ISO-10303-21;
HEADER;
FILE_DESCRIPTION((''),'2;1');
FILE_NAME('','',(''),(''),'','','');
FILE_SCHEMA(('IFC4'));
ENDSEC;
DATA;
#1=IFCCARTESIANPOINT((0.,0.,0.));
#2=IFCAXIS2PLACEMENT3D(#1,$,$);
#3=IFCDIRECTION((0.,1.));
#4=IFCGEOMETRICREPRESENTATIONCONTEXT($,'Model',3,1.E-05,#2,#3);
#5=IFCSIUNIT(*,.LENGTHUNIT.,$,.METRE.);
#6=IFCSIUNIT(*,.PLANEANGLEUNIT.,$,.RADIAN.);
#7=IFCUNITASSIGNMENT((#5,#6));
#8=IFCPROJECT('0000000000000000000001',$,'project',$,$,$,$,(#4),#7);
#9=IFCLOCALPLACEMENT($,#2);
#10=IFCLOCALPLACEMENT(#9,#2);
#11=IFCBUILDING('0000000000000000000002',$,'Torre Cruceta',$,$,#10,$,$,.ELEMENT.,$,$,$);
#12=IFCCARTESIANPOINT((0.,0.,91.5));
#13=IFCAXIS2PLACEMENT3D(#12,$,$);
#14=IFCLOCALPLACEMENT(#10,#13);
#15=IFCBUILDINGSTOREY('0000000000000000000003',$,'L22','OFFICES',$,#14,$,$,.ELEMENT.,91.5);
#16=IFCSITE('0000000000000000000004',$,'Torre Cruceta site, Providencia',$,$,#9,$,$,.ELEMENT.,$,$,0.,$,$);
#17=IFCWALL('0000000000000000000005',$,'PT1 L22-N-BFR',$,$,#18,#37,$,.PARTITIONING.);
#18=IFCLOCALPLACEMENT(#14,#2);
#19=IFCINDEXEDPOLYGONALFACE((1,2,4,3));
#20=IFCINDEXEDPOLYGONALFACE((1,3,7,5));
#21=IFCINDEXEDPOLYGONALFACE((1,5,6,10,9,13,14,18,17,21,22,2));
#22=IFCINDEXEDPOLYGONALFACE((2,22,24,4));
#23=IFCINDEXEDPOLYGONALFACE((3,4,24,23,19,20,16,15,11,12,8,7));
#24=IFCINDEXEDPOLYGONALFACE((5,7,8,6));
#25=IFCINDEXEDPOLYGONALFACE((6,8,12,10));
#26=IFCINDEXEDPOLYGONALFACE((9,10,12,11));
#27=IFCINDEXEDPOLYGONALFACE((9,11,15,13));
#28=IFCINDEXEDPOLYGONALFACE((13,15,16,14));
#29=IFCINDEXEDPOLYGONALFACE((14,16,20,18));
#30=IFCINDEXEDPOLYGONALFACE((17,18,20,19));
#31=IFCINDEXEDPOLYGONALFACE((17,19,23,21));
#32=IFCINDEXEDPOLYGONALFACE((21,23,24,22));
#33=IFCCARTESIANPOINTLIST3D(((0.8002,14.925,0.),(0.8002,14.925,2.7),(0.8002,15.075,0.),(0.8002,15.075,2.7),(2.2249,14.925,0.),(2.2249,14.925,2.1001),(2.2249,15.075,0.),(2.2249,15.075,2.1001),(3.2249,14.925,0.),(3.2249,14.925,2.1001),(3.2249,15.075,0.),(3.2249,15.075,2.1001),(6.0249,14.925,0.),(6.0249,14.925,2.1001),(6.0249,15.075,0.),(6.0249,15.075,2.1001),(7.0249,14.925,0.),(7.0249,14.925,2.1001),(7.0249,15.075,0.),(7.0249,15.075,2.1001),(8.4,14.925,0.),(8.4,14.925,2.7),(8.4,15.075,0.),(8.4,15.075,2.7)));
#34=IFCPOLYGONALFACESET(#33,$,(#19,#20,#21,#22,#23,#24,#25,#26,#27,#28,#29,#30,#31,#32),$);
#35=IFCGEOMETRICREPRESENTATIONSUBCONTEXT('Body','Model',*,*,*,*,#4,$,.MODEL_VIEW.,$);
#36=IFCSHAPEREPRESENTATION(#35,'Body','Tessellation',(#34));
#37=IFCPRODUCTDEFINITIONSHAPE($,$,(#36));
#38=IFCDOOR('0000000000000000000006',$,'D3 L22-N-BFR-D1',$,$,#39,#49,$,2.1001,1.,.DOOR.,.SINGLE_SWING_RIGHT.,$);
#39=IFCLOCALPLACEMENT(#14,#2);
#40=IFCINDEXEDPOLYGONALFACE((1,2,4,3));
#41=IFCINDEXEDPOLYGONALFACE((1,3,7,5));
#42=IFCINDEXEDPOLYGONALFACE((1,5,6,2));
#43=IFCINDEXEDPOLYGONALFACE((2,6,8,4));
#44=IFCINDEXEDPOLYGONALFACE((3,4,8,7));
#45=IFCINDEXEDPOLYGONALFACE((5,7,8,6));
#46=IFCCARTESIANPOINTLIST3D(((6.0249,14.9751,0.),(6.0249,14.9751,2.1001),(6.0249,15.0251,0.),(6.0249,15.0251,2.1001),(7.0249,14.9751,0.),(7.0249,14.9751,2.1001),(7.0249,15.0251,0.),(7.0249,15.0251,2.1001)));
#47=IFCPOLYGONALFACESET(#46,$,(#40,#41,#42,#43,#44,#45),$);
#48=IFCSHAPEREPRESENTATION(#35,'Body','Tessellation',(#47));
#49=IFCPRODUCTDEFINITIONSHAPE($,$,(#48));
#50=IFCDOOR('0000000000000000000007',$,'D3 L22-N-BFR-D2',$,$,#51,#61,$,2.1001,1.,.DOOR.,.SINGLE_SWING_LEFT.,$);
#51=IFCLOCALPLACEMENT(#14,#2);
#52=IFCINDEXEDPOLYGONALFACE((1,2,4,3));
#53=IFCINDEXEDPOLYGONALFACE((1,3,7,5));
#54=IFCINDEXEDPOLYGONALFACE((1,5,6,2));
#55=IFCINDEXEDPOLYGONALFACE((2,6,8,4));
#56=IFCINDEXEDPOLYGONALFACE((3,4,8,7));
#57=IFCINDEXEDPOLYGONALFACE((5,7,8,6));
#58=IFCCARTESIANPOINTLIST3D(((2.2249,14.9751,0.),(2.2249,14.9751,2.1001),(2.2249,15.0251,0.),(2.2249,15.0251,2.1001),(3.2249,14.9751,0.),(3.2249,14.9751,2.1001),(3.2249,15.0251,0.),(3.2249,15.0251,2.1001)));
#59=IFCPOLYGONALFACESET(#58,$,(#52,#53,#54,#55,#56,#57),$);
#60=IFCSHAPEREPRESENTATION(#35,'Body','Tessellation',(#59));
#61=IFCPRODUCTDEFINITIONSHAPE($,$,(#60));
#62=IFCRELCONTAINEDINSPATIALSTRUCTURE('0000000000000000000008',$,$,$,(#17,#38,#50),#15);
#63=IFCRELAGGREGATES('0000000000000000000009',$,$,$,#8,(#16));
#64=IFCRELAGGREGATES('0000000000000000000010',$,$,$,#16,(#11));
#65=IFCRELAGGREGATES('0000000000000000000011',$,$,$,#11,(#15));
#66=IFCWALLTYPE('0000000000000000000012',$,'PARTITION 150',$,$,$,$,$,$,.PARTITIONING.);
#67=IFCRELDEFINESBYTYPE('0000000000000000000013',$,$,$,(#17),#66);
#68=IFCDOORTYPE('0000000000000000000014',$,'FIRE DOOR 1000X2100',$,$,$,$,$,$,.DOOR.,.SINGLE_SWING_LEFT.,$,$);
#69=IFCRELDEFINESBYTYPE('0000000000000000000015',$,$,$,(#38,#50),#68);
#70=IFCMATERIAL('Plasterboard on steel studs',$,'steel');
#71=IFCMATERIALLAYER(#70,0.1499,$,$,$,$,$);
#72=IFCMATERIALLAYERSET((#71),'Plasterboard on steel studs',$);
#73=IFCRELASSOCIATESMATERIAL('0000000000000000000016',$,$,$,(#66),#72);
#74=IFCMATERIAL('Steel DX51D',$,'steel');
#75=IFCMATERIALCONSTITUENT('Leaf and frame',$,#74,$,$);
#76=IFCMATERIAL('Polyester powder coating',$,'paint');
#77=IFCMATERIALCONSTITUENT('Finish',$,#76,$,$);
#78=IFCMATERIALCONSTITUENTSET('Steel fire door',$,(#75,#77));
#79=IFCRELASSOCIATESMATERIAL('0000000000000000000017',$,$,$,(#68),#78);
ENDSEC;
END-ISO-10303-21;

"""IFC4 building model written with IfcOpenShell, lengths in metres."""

from ifc_helpers import new_model, si_unit, direction, frame, frame_2d, origin, place, context, subcontext, project, spatial, rectangle, extrude, material, layer, layer_set, constituent, constituent_set, type_object, element, fill, save


model = new_model("IFC4")

# Units and contexts
model_context = context("Model", 3, precision=1e-05, world=origin(), true_north=direction((0.0, 1.0)))
body_context = subcontext(model_context, "Body", "Model", "MODEL_VIEW")
ifc_project = project(units=[si_unit("LENGTHUNIT", "METRE"), si_unit("PLANEANGLEUNIT", "RADIAN")], contexts=[model_context])

# Site, building, storey
site_placement = place(None, origin())
site = spatial("IfcSite", under=ifc_project, at=site_placement, Name="Torre Cruceta site, Providencia", CompositionType="ELEMENT", RefElevation=0.0)
building_placement = place(site_placement, origin())
building = spatial("IfcBuilding", under=site, at=building_placement, Name="Torre Cruceta", CompositionType="ELEMENT")
storey_placement = place(building_placement, frame((0.0, 0.0, 91.5)))
storey = spatial("IfcBuildingStorey", under=building, at=storey_placement, Name="L22", Description="OFFICES", CompositionType="ELEMENT", Elevation=91.5)

# Wall, openings, doors
ifc_material_1 = material(Name="Plasterboard on steel studs", Category="steel")
ifc_layer_1 = layer(ifc_material_1, 0.1499)
ifc_layer_set_1 = layer_set([ifc_layer_1], Name="Plasterboard on steel studs")
wall_type_1 = type_object("IfcWallType", Name="PARTITION 150", PredefinedType="PARTITIONING", material=ifc_layer_set_1)
wall_1_placement = place(storey_placement, frame((8.3999, 15.0, 0.0), z_axis=(0.0, 0.0, 1.0), x_axis=(-1.0, 0.0, 0.0)))
wall_1 = element("IfcWall", 1, at=wall_1_placement, inside=storey, type_object=wall_type_1, Name="PT1 L22-N-BFR", PredefinedType="PARTITIONING", context=body_context, shape_type="SweptSolid", body=[
    extrude(rectangle(XDim=7.5999, YDim=0.1499, at=frame_2d((3.7998, 0.0))), origin(), (0.0, 0.0, 1.0), 2.7),
])
opening_1_placement = place(wall_1_placement, frame((1.375, 0.0, 0.0)))
opening_1 = element("IfcOpeningElement", 2, at=opening_1_placement, cuts=wall_1, PredefinedType="OPENING", context=body_context, shape_type="SweptSolid", body=[
    extrude(rectangle(XDim=1.0, YDim=2.1001, at=frame_2d((0.5, 1.05))), frame((0.0, 0.085, 0.0), z_axis=(0.0, -1.0, 0.0), x_axis=(1.0, 0.0, 0.0)), (0.0, 0.0, 1.0), 0.1699),
])
opening_2_placement = place(wall_1_placement, frame((5.175, 0.0, 0.0)))
opening_2 = element("IfcOpeningElement", 3, at=opening_2_placement, cuts=wall_1, PredefinedType="OPENING", context=body_context, shape_type="SweptSolid", body=[
    extrude(rectangle(XDim=1.0, YDim=2.1001, at=frame_2d((0.5, 1.05))), frame((0.0, 0.085, 0.0), z_axis=(0.0, -1.0, 0.0), x_axis=(1.0, 0.0, 0.0)), (0.0, 0.0, 1.0), 0.1699),
])
ifc_material_2 = material(Name="Steel DX51D", Category="steel")
ifc_constituent_1 = constituent(ifc_material_2, Name="Leaf and frame")
ifc_material_3 = material(Name="Polyester powder coating", Category="paint")
ifc_constituent_2 = constituent(ifc_material_3, Name="Finish")
ifc_constituent_set_1 = constituent_set(constituents=[ifc_constituent_1, ifc_constituent_2], Name="Steel fire door")
door_type_1 = type_object("IfcDoorType", Name="FIRE DOOR 1000X2100", OperationType="SINGLE_SWING_LEFT", PredefinedType="DOOR", material=ifc_constituent_set_1)
door_1_placement = place(opening_1_placement, origin())
door_1 = element("IfcDoor", 4, at=door_1_placement, inside=storey, type_object=door_type_1, Name="D3 L22-N-BFR-D1", OperationType="SINGLE_SWING_RIGHT", OverallHeight=2.1001, OverallWidth=1.0, PredefinedType="DOOR", context=body_context, shape_type="SweptSolid", body=[
    extrude(rectangle(XDim=1.0, YDim=2.1001, at=frame_2d((0.5, 1.05))), frame((0.0, 0.0249, 0.0), z_axis=(0.0, -1.0, 0.0), x_axis=(1.0, 0.0, 0.0)), (0.0, 0.0, 1.0), 0.05),
])
fill(opening_1, door_1)
door_2_placement = place(opening_2_placement, origin())
door_2 = element("IfcDoor", 5, at=door_2_placement, inside=storey, type_object=door_type_1, Name="D3 L22-N-BFR-D2", OperationType="SINGLE_SWING_LEFT", OverallHeight=2.1001, OverallWidth=1.0, PredefinedType="DOOR", context=body_context, shape_type="SweptSolid", body=[
    extrude(rectangle(XDim=1.0, YDim=2.1001, at=frame_2d((0.5, 1.05))), frame((0.0, 0.0249, 0.0), z_axis=(0.0, -1.0, 0.0), x_axis=(1.0, 0.0, 0.0)), (0.0, 0.0, 1.0), 0.05),
])
fill(opening_2, door_2)

save(model, "model.ifc")
